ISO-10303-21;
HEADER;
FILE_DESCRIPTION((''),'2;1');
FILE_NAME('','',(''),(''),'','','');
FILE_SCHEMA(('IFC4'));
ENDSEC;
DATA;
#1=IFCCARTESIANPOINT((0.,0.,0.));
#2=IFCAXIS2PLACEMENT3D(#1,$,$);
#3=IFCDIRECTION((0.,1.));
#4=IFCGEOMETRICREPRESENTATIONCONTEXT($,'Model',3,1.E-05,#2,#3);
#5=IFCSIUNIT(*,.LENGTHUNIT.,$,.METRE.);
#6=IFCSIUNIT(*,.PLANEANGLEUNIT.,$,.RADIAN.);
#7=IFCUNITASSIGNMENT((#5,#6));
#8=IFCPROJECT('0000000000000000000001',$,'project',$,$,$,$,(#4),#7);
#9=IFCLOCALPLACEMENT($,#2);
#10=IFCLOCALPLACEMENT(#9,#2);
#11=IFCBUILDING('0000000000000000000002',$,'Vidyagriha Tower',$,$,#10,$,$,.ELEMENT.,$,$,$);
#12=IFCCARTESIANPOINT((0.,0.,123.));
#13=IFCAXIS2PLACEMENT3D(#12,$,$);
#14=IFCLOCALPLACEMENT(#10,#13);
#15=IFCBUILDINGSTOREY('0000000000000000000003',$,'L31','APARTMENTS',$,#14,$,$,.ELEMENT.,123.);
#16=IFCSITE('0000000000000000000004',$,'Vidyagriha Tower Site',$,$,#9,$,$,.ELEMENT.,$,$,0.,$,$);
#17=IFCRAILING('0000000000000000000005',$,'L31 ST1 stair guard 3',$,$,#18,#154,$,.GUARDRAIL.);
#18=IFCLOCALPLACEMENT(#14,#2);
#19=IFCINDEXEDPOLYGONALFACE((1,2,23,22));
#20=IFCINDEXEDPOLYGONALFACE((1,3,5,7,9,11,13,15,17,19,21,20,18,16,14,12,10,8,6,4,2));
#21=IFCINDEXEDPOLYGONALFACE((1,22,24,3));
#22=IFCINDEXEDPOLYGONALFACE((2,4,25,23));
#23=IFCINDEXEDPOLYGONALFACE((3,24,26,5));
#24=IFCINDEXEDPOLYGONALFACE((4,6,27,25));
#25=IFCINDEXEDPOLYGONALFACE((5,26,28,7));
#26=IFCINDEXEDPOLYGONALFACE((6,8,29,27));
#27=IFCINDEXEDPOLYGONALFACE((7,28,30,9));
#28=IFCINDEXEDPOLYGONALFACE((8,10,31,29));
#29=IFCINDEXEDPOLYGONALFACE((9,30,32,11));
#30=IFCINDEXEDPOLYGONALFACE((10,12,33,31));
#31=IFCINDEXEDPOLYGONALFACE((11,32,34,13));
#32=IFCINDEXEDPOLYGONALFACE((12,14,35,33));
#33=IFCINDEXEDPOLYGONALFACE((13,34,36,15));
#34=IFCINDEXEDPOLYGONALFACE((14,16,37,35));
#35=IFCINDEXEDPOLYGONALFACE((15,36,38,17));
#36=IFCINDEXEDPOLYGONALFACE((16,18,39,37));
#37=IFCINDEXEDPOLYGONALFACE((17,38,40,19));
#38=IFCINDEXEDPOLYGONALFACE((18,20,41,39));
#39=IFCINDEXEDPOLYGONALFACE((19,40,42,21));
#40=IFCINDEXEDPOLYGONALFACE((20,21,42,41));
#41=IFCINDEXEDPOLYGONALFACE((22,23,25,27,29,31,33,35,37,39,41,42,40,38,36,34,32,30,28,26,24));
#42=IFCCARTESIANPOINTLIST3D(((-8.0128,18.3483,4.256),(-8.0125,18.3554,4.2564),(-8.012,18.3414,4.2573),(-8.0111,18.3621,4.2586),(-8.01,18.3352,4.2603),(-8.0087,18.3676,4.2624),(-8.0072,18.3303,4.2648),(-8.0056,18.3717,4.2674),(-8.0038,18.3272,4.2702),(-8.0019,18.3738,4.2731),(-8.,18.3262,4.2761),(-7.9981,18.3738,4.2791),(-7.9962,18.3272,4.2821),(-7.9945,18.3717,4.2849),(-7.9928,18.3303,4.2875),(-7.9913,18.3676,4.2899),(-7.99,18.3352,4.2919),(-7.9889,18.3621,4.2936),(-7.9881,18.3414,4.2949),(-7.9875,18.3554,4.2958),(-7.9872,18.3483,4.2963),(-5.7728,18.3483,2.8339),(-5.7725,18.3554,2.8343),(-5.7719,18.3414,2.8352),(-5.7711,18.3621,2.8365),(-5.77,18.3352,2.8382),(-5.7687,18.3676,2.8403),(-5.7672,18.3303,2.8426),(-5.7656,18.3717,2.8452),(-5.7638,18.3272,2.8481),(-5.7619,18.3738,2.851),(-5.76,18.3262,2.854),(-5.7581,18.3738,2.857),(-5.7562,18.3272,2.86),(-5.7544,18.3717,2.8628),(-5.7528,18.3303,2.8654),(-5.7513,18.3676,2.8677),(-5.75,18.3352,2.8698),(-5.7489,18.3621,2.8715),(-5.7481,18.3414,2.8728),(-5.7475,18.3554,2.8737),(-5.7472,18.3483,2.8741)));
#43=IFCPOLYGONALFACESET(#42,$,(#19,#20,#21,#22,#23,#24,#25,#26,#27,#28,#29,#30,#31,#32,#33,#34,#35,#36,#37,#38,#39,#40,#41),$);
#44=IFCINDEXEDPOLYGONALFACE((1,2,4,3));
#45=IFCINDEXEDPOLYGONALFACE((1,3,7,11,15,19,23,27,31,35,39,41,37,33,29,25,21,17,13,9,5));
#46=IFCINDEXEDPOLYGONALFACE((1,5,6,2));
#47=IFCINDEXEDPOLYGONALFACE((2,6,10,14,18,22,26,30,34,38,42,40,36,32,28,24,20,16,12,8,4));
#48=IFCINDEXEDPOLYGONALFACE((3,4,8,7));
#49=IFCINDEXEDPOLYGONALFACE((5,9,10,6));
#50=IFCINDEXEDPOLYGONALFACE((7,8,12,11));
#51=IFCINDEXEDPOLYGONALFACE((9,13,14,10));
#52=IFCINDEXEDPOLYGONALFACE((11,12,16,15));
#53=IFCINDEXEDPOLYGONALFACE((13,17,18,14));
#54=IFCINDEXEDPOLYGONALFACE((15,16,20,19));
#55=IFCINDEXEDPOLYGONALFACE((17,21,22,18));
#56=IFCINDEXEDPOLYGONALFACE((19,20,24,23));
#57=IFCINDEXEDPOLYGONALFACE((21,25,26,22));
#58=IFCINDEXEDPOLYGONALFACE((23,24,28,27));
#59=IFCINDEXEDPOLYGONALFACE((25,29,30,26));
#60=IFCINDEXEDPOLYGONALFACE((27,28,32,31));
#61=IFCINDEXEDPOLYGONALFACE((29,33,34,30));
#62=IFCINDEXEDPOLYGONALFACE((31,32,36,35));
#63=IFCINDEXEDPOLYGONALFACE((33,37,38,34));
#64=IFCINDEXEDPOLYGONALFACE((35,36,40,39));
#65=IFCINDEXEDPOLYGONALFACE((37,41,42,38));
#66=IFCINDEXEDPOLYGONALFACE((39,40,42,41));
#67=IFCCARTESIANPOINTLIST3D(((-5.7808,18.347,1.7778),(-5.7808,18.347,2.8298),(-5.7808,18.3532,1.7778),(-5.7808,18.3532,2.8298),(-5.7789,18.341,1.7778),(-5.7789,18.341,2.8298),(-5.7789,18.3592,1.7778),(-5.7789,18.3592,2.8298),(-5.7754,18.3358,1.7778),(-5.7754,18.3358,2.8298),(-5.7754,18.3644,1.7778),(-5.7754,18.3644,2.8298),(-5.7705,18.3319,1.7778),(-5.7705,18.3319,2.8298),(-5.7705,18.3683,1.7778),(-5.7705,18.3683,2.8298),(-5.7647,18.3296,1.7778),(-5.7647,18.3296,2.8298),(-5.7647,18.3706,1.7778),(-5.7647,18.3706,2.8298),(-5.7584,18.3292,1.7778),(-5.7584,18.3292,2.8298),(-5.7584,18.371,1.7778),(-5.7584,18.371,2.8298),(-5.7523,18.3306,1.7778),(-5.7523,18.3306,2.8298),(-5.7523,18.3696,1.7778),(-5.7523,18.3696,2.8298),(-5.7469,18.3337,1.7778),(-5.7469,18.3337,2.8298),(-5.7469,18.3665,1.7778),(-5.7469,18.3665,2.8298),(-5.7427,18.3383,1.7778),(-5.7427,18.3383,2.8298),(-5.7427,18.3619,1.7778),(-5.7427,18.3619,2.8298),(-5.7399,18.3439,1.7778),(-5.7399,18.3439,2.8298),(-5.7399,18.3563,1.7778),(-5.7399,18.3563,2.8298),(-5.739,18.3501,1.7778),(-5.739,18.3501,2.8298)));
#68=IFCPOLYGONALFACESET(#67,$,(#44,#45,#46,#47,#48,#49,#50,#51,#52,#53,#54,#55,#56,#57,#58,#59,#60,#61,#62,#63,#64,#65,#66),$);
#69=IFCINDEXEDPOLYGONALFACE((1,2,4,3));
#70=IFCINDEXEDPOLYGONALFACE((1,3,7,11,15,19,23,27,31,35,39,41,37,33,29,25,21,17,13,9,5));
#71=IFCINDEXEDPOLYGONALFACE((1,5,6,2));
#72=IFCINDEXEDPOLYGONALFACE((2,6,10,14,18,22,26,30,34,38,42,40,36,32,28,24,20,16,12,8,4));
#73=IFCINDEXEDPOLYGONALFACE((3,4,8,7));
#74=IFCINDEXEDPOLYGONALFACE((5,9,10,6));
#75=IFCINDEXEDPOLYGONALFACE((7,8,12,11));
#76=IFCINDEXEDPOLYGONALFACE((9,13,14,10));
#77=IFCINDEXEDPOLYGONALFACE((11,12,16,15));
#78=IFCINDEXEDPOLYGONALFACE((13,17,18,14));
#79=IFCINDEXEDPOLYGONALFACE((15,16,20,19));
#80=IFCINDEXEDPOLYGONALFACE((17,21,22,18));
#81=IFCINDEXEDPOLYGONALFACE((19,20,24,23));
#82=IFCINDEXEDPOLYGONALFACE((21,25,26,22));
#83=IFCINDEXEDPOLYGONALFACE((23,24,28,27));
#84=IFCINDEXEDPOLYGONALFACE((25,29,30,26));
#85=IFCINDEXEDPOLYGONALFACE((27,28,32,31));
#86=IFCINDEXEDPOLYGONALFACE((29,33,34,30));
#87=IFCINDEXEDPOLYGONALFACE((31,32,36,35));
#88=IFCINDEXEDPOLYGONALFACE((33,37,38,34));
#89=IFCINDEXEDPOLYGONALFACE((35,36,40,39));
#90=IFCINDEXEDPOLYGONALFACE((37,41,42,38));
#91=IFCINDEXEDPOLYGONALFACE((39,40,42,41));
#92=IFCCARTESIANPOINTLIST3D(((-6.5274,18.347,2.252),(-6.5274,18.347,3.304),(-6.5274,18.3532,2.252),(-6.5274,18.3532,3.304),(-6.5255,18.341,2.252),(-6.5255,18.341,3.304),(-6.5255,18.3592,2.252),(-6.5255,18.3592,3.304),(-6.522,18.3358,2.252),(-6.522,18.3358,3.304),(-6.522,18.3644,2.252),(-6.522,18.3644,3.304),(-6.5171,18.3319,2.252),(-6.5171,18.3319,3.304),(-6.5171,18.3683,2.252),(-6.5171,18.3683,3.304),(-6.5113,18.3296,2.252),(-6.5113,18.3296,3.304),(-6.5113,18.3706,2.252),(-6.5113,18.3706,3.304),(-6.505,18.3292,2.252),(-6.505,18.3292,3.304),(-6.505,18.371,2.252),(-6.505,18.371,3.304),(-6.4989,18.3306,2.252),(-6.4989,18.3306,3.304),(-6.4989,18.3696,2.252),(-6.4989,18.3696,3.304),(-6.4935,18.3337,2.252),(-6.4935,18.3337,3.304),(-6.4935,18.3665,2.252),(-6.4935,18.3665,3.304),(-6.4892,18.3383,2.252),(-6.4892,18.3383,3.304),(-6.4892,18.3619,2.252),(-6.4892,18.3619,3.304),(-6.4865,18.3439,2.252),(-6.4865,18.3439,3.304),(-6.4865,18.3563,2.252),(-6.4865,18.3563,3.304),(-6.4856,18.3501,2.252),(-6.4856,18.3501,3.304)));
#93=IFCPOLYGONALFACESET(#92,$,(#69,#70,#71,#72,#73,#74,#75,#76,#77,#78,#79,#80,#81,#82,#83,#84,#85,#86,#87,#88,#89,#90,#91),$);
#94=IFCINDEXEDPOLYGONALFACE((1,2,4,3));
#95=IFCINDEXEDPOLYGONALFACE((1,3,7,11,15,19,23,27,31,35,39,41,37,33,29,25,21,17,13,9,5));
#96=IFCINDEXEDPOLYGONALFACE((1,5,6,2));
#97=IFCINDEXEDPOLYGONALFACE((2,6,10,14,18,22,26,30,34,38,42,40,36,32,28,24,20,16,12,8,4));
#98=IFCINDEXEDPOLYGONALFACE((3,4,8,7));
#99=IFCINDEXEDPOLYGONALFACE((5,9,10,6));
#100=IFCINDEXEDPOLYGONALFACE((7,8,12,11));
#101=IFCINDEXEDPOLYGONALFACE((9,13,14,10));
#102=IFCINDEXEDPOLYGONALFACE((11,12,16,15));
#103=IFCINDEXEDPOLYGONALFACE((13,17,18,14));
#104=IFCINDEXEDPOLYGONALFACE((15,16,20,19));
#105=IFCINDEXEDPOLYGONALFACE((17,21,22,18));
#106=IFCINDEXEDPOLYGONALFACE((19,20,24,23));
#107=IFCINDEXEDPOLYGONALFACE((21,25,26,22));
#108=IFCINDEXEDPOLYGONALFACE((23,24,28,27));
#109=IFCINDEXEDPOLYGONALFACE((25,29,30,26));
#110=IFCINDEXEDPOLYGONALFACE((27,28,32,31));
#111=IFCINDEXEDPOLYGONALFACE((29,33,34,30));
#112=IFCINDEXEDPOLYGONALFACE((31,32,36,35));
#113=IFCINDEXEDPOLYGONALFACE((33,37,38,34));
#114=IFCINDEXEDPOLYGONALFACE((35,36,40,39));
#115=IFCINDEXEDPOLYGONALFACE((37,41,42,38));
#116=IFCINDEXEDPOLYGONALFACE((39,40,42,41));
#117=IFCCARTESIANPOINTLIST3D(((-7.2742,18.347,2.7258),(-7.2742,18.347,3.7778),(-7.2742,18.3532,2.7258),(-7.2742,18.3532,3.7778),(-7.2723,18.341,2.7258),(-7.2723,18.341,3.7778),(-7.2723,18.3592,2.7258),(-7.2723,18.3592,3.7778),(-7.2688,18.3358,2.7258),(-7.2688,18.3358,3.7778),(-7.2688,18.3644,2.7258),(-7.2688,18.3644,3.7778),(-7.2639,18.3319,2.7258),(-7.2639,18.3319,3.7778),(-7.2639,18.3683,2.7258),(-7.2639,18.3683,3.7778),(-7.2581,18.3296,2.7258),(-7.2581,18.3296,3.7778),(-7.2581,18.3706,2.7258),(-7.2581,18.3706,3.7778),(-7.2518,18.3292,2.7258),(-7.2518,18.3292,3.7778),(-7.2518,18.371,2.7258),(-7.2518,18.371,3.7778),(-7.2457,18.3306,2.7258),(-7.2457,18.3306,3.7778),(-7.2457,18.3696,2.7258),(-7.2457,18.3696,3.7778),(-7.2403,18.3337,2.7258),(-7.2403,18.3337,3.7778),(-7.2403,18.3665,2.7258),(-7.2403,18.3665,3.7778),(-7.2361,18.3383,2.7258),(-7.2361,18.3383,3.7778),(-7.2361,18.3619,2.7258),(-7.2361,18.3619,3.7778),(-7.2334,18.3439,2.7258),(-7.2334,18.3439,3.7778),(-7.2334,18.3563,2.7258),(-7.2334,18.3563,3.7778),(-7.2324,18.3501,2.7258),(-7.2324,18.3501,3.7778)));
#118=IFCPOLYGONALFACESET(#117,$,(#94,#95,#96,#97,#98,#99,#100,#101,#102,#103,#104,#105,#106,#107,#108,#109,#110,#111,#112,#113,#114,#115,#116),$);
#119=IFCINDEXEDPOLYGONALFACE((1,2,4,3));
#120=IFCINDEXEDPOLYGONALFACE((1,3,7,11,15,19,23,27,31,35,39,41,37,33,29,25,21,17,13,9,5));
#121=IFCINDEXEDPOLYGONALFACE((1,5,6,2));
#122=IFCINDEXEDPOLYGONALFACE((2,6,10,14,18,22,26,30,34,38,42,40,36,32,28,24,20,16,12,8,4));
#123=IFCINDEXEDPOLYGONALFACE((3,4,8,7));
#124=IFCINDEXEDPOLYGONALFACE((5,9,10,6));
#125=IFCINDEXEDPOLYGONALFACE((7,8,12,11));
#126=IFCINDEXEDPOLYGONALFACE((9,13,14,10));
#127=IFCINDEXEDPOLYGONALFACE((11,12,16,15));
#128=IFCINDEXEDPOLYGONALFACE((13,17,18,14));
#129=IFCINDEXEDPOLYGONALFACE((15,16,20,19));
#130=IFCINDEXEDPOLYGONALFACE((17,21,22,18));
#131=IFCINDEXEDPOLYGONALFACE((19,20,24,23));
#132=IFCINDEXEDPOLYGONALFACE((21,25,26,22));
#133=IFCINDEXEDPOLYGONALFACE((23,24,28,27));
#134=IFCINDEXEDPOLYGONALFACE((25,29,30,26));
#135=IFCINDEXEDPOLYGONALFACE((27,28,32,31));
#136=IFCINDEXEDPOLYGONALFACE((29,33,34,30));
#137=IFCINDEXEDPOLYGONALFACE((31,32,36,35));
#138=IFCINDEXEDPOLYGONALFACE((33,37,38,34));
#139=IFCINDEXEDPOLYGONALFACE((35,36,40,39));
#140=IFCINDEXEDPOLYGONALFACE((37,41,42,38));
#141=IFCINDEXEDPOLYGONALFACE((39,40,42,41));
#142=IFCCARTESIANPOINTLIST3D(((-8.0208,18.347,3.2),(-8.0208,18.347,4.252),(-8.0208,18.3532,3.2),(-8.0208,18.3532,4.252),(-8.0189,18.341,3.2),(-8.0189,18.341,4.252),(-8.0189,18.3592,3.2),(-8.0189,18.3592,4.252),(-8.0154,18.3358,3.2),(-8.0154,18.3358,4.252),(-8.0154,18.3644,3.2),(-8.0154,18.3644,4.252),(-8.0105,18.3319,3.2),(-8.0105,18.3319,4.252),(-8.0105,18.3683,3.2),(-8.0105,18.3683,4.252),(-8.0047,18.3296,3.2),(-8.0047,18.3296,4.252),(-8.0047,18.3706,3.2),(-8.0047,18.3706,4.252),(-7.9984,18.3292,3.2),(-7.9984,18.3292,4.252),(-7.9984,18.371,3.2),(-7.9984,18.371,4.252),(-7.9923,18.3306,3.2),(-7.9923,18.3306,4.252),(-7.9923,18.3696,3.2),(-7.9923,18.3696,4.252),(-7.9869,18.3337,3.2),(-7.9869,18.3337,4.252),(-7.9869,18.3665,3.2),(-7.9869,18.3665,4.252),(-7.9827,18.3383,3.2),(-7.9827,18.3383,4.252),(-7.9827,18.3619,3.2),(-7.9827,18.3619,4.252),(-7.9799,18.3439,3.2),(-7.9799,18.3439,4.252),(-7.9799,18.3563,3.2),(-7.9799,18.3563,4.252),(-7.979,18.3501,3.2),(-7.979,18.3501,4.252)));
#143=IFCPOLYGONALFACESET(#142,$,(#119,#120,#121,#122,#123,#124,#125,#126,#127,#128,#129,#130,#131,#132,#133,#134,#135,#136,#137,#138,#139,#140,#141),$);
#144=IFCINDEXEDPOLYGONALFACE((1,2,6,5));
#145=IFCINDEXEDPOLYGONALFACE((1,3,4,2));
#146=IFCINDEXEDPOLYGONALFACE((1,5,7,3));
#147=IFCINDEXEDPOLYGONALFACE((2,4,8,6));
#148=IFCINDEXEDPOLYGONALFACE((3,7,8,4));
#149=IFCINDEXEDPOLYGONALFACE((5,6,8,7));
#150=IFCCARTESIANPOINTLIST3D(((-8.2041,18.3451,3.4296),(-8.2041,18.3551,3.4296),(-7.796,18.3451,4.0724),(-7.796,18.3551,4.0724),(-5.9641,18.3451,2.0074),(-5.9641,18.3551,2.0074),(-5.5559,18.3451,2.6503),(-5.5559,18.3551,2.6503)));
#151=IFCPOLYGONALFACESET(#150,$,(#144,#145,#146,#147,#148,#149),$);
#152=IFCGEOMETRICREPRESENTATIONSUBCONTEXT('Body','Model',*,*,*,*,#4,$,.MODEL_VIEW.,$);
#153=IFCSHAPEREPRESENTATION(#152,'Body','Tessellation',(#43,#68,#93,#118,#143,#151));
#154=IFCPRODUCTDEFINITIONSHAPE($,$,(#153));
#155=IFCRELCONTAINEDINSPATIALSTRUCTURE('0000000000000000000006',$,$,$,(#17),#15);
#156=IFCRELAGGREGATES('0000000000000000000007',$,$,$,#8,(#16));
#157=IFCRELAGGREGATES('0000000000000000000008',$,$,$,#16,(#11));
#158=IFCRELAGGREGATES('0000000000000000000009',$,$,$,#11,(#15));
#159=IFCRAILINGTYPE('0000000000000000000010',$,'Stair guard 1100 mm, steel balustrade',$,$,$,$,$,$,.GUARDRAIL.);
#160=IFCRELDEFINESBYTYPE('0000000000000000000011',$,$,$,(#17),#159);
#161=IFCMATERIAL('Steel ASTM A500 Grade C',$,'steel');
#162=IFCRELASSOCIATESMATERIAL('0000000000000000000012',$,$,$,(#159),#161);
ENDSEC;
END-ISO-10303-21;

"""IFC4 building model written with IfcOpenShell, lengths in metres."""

from ifc_helpers import new_model, si_unit, direction, frame, origin, origin_2d, place, context, subcontext, project, spatial, rectangle, circle, extrude, material, type_object, element, save


model = new_model("IFC4")

# Units and contexts
model_context = context("Model", 3, precision=1e-05, world=origin(), true_north=direction((0.0, 1.0)))
body_context = subcontext(model_context, "Body", "Model", "MODEL_VIEW")
ifc_project = project(units=[si_unit("LENGTHUNIT", "METRE"), si_unit("PLANEANGLEUNIT", "RADIAN")], contexts=[model_context])

# Site, building, storey
site_placement = place(None, origin())
site = spatial("IfcSite", under=ifc_project, at=site_placement, Name="Vidyagriha Tower Site", CompositionType="ELEMENT", RefElevation=0.0)
building_placement = place(site_placement, origin())
building = spatial("IfcBuilding", under=site, at=building_placement, Name="Vidyagriha Tower", CompositionType="ELEMENT")
storey_placement = place(building_placement, frame((0.0, 0.0, 123.0)))
storey = spatial("IfcBuildingStorey", under=building, at=storey_placement, Name="L31", Description="APARTMENTS", CompositionType="ELEMENT", Elevation=123.0)

# Railing
ifc_material_1 = material(Name="Steel ASTM A500 Grade C", Category="steel")
railing_type_1 = type_object("IfcRailingType", Name="Stair guard 1100 mm, steel balustrade", PredefinedType="GUARDRAIL", material=ifc_material_1)
railing_1_placement = place(storey_placement, frame((-5.76, 18.3501, 1.7778)))
element("IfcRailing", 1, at=railing_1_placement, inside=storey, type_object=railing_type_1, Name="L31 ST1 stair guard 3", PredefinedType="GUARDRAIL", context=body_context, shape_type="SweptSolid", body=[
    extrude(circle(Radius=0.0239, at=origin_2d()), frame((0.0, 0.0, 1.0762), z_axis=(-0.844229, 0.0, 0.535982), x_axis=(0.0, -1.0, 0.0)), (0.0, 0.0, 1.0), 2.6533),
    extrude(circle(Radius=0.021, at=origin_2d()), origin(), (0.0, 0.0, 1.0), 1.052),
    extrude(circle(Radius=0.021, at=origin_2d()), frame((-0.7466, 0.0, 0.4741)), (0.0, 0.0, 1.0), 1.052),
    extrude(circle(Radius=0.021, at=origin_2d()), frame((-1.4934, 0.0, 0.948)), (0.0, 0.0, 1.0), 1.052),
    extrude(circle(Radius=0.021, at=origin_2d()), frame((-2.24, 0.0, 1.4221)), (0.0, 0.0, 1.0), 1.052),
    extrude(rectangle(XDim=0.01, YDim=0.7615, at=origin_2d()), frame((0.0, 0.0, 0.551), z_axis=(-0.844229, 0.0, 0.535982), x_axis=(0.0, -1.0, 0.0)), (0.0, 0.0, 1.0), 2.6533),
])

save(model, "model.ifc")
